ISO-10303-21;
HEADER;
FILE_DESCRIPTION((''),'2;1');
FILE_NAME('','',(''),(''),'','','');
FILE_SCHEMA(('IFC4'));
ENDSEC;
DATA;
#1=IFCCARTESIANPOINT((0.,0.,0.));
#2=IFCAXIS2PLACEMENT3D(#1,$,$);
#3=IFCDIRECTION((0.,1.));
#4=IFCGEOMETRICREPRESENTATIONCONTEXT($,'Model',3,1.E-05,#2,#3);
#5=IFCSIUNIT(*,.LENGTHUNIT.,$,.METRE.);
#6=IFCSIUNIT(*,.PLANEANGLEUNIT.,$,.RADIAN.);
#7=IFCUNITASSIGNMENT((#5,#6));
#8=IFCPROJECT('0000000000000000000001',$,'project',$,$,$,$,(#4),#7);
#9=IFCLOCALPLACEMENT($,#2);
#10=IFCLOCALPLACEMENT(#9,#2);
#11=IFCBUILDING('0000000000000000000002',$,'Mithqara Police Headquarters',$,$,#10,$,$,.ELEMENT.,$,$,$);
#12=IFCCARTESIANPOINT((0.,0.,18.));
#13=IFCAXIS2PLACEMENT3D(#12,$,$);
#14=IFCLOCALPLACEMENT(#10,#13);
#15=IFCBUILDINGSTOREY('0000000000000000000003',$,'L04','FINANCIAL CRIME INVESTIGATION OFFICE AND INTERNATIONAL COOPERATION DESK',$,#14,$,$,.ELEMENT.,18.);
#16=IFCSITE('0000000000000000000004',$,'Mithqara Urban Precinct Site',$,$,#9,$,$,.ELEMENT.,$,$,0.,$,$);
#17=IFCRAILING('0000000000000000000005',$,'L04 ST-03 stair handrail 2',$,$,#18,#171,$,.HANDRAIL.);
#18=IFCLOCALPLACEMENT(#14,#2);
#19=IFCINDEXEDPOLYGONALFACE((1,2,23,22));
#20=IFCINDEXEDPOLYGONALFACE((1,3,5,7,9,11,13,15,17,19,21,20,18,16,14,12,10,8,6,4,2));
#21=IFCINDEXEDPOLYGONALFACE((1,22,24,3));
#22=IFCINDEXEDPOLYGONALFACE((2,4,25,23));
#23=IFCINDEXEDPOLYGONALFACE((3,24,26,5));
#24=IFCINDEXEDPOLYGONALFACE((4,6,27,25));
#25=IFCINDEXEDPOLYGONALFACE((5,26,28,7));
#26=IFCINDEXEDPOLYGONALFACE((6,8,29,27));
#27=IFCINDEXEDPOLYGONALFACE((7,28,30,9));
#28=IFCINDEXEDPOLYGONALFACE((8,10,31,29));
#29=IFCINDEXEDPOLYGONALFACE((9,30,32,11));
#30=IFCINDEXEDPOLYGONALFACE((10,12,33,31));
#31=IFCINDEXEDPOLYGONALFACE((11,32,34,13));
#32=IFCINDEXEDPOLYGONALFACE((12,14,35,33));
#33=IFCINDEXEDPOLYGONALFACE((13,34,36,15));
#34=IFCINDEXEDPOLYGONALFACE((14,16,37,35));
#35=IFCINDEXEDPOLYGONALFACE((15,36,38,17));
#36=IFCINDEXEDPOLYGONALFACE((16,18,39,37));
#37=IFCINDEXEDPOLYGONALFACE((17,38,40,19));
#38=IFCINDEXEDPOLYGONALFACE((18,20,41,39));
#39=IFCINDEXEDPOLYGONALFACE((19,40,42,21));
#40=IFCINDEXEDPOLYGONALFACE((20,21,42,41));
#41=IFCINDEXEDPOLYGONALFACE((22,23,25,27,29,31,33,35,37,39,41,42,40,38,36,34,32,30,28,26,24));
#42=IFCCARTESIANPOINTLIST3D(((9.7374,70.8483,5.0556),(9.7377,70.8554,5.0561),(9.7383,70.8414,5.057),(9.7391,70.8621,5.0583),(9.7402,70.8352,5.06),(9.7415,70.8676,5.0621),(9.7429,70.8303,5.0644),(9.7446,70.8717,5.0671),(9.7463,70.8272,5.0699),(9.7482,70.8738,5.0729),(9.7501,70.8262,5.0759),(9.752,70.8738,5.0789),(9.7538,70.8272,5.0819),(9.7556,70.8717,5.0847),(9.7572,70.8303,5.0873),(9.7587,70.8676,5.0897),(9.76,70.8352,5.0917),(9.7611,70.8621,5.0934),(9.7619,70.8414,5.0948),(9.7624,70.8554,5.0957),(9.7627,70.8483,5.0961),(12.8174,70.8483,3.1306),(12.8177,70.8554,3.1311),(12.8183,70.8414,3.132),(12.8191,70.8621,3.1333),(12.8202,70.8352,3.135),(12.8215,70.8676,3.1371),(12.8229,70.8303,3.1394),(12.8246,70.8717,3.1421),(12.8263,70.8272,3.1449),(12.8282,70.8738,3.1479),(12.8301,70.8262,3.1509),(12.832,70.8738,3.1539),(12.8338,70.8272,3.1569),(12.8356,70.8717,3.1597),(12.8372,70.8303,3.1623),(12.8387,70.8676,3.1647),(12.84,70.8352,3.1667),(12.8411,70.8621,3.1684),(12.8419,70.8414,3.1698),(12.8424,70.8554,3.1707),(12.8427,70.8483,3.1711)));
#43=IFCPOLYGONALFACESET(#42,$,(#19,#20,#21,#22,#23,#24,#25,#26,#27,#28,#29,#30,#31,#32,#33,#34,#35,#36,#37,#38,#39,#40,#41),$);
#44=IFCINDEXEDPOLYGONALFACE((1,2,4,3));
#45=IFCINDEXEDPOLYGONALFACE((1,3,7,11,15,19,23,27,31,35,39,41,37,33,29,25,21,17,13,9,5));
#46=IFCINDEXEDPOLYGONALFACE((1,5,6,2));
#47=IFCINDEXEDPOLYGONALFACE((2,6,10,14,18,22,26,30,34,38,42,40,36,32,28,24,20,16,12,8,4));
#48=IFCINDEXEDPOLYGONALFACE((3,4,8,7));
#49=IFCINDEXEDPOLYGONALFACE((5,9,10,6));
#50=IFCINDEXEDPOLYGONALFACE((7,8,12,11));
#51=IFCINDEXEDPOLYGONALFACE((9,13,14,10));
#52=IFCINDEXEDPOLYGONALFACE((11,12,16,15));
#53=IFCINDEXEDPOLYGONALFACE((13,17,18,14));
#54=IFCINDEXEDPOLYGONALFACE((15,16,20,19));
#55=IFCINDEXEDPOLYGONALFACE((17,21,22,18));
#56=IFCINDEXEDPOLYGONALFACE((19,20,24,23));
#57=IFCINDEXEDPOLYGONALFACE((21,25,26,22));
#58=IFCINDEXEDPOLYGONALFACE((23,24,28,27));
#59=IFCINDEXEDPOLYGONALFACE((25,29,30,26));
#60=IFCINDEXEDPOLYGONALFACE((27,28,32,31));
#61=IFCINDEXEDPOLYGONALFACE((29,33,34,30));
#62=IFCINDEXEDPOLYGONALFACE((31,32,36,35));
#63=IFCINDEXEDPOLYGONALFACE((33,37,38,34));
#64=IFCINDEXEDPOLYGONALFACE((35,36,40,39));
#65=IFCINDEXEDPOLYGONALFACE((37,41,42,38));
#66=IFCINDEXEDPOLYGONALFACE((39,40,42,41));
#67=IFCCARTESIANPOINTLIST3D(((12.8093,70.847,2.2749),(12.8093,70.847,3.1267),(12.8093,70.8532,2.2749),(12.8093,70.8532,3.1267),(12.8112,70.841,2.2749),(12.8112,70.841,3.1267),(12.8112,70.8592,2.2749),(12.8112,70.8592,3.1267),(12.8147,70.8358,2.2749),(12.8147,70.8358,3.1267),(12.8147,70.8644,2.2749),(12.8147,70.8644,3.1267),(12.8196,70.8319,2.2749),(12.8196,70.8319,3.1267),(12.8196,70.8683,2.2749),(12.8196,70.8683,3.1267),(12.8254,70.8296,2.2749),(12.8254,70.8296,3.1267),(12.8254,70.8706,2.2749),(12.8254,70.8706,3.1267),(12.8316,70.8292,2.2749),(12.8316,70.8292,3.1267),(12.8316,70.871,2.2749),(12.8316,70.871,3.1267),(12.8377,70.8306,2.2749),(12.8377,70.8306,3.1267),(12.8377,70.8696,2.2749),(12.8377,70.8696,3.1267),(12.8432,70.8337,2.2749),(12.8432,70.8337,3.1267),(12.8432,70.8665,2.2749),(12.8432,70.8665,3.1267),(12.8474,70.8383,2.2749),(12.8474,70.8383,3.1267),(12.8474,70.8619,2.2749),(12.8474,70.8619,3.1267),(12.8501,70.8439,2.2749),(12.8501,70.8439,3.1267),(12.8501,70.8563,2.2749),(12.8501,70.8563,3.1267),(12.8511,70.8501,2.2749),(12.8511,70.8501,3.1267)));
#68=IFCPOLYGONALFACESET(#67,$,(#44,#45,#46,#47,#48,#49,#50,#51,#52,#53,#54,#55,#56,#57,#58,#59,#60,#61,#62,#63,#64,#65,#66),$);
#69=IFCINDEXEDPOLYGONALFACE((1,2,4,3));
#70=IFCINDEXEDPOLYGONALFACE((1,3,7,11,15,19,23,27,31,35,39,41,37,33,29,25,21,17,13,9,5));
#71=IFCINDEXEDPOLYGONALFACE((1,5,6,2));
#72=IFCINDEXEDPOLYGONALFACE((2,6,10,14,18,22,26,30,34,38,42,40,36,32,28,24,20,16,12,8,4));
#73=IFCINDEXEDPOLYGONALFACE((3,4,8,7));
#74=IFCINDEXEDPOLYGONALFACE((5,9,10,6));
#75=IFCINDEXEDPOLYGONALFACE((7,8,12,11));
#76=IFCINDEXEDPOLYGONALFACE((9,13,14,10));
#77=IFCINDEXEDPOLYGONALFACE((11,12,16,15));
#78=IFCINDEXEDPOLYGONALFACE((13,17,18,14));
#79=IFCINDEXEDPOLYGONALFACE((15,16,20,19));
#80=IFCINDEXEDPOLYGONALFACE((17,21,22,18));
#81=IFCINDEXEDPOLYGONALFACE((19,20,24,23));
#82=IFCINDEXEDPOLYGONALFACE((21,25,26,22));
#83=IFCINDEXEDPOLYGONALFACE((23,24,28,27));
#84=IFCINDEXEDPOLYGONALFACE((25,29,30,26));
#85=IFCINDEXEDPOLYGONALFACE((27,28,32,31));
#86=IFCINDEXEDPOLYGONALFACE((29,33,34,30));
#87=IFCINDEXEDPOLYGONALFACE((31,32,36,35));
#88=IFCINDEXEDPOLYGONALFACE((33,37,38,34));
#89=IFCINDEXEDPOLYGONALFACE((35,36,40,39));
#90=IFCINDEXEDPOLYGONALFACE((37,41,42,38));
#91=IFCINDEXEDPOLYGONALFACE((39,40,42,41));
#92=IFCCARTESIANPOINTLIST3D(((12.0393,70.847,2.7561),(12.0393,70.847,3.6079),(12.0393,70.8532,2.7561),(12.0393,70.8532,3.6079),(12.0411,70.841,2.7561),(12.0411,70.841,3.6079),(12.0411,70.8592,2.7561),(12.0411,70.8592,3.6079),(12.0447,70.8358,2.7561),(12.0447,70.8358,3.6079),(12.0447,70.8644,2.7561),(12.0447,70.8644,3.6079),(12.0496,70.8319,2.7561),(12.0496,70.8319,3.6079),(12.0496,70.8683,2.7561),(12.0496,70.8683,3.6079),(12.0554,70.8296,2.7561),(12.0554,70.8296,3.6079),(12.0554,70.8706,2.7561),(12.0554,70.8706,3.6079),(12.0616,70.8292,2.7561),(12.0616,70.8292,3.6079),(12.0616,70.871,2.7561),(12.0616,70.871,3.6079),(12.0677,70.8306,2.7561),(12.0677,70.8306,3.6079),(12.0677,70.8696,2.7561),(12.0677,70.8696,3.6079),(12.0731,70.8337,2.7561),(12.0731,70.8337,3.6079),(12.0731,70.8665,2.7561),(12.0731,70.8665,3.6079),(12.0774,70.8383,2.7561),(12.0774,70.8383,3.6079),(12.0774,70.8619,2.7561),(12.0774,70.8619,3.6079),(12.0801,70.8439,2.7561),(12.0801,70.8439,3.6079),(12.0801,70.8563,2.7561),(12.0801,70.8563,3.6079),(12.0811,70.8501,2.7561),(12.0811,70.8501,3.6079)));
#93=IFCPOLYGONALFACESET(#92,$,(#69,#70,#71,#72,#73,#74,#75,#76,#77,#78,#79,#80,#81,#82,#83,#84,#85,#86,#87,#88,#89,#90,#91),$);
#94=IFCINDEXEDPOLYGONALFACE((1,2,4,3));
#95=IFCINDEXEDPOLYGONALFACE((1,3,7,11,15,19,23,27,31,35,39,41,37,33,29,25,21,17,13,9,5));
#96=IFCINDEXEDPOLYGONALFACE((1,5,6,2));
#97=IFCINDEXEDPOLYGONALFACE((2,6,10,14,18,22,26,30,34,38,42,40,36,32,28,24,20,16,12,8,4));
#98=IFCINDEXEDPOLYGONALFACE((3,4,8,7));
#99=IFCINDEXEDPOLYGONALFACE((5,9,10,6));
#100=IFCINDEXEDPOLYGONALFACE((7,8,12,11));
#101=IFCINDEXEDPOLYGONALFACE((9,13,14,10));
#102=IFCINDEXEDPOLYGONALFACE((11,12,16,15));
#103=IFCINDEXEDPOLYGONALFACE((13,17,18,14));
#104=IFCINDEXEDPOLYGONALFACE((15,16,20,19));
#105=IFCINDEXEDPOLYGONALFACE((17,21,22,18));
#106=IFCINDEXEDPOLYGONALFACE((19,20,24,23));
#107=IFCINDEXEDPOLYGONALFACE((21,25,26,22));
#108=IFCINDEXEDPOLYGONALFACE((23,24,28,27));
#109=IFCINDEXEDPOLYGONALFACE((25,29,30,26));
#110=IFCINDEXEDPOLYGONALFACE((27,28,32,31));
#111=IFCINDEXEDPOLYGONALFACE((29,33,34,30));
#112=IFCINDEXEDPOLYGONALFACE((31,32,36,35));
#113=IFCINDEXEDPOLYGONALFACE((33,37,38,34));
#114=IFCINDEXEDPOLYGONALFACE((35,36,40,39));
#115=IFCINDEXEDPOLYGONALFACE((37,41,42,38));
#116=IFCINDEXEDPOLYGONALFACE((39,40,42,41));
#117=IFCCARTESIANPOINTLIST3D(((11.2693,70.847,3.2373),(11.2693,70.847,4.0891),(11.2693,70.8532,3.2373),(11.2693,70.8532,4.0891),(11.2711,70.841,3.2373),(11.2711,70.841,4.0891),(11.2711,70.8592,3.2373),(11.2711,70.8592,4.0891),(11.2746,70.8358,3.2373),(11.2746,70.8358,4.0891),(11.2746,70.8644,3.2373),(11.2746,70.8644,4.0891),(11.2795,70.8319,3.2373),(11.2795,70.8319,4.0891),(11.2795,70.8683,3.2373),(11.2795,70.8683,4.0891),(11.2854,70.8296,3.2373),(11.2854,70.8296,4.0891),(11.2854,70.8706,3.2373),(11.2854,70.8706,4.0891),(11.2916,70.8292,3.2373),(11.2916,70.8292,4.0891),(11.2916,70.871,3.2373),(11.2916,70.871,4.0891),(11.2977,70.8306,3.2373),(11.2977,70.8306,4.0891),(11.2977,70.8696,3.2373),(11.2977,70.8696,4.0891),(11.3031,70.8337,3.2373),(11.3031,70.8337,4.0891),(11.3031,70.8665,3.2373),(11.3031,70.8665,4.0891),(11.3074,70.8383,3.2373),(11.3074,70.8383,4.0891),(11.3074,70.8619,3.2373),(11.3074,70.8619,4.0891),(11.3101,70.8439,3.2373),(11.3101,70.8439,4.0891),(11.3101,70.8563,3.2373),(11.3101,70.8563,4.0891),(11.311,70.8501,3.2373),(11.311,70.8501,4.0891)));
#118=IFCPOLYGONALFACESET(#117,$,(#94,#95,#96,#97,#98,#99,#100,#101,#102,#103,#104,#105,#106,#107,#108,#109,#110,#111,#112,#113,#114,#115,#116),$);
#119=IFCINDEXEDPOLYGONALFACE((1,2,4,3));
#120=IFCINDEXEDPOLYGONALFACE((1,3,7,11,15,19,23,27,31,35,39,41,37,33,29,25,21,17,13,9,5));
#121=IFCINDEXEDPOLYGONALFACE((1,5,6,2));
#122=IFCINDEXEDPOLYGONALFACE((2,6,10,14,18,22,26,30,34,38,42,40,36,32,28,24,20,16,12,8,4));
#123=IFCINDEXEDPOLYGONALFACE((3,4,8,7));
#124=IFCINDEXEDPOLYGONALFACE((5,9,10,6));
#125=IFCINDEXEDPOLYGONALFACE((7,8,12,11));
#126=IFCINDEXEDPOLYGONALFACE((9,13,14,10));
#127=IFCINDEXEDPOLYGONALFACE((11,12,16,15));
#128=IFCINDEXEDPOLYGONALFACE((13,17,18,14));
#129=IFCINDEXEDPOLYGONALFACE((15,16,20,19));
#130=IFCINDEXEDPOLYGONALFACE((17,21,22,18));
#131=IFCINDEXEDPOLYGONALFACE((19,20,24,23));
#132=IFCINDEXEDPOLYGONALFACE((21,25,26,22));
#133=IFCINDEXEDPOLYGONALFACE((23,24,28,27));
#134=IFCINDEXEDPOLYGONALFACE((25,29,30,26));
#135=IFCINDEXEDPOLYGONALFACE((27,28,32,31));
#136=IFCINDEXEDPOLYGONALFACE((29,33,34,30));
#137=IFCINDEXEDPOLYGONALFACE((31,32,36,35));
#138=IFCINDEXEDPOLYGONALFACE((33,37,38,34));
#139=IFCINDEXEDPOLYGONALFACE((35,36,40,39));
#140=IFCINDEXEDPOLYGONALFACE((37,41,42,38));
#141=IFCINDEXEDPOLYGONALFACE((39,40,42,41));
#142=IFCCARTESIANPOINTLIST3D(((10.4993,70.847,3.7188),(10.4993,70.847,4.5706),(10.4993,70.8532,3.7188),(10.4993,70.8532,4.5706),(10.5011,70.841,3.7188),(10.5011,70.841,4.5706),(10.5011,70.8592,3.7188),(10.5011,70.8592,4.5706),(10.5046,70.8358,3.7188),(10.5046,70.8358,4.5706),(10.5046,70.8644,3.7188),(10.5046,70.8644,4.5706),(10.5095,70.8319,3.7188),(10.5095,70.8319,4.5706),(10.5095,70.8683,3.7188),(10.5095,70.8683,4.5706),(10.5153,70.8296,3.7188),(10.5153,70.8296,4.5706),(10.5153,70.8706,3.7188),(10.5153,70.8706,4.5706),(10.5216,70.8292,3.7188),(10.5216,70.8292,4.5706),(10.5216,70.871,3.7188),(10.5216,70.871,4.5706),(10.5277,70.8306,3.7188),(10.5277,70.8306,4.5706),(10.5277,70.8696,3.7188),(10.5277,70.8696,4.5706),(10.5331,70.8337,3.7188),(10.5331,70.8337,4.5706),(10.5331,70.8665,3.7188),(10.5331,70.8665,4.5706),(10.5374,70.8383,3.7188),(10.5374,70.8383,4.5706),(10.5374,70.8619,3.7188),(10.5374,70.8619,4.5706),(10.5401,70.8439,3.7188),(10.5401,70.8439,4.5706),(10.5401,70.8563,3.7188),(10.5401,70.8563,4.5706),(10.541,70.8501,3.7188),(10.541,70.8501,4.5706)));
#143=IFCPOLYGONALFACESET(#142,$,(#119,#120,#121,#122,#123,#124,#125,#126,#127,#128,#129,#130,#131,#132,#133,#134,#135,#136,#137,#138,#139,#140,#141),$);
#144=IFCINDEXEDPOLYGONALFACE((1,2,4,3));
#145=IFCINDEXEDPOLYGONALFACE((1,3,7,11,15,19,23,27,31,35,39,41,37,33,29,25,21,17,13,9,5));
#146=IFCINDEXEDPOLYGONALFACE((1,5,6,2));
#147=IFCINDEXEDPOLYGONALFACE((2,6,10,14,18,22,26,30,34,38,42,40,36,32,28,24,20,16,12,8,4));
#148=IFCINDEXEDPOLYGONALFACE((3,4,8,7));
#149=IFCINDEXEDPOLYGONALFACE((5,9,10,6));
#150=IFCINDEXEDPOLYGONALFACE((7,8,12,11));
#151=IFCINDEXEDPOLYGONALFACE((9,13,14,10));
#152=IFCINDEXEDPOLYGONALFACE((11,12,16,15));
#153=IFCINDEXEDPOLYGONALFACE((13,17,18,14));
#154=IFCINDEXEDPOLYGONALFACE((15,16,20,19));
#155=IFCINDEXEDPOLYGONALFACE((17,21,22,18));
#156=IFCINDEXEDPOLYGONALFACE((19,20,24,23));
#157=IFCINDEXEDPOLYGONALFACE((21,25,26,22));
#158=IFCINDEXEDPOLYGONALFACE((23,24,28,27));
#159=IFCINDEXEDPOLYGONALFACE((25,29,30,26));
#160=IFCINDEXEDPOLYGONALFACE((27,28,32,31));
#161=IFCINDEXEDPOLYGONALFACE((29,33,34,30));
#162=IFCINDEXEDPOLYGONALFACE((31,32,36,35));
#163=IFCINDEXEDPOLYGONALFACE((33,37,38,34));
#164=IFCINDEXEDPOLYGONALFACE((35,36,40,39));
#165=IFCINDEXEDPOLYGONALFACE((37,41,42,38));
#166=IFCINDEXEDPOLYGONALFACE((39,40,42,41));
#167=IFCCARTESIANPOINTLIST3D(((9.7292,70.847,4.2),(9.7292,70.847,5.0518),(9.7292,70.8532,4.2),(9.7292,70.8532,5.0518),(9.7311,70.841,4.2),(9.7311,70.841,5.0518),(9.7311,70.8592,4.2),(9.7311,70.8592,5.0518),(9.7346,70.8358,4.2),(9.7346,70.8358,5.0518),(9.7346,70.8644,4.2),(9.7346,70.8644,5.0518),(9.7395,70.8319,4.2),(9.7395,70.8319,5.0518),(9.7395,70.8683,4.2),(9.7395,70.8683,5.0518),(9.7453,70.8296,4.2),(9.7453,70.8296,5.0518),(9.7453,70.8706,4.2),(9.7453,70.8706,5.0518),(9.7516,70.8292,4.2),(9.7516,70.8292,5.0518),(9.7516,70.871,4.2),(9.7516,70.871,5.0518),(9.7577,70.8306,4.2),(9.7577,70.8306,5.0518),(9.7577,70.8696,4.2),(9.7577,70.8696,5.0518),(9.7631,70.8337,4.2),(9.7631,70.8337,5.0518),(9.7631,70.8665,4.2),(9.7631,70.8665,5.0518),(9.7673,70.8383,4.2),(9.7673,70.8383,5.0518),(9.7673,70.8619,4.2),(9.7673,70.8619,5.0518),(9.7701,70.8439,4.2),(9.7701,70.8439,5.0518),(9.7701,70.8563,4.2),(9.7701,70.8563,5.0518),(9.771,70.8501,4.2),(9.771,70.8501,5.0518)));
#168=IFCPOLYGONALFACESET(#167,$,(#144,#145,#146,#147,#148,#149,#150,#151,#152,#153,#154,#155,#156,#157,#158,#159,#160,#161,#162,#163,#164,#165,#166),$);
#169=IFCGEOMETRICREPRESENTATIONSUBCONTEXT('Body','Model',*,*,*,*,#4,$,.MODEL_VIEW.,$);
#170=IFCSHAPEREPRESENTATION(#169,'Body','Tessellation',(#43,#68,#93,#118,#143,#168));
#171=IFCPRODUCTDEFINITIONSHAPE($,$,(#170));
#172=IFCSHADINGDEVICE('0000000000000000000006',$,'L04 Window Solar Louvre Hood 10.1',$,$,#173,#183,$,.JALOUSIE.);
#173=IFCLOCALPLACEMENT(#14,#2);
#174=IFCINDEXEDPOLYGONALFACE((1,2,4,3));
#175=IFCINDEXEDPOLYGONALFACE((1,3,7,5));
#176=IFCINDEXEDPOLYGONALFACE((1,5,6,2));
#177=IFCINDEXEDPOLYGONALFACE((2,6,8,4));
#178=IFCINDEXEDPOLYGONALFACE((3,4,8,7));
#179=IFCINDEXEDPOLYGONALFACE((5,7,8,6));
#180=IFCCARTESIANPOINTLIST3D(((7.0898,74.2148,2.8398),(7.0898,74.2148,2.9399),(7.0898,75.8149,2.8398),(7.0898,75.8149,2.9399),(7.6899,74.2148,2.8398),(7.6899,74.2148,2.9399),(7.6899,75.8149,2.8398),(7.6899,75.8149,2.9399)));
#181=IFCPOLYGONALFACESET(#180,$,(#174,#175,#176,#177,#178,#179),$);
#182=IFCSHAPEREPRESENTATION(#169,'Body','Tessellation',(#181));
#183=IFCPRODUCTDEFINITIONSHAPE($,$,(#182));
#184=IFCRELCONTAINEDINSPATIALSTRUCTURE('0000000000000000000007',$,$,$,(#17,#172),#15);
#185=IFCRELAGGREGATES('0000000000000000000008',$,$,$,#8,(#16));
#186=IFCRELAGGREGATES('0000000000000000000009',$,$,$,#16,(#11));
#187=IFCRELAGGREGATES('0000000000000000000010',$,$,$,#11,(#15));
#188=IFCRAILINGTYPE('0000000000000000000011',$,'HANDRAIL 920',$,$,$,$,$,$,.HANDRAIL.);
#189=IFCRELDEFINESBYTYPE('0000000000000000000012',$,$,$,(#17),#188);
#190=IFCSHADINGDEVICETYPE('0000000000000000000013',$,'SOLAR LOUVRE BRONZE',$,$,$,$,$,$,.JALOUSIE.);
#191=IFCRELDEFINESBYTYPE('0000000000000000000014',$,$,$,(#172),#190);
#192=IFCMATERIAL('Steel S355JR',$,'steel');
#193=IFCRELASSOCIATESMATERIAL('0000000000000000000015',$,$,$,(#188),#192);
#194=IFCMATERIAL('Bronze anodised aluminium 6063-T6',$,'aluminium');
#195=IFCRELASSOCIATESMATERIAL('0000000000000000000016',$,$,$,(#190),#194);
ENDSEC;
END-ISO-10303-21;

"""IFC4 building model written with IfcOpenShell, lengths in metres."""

from ifc_helpers import new_model, si_unit, direction, frame, origin, origin_2d, place, context, subcontext, project, spatial, rectangle, circle, extrude, material, type_object, element, save


model = new_model("IFC4")

# Units and contexts
model_context = context("Model", 3, precision=1e-05, world=origin(), true_north=direction((0.0, 1.0)))
body_context = subcontext(model_context, "Body", "Model", "MODEL_VIEW")
ifc_project = project(units=[si_unit("LENGTHUNIT", "METRE"), si_unit("PLANEANGLEUNIT", "RADIAN")], contexts=[model_context])

# Site, building, storey
site_placement = place(None, origin())
site = spatial("IfcSite", under=ifc_project, at=site_placement, Name="Mithqara Urban Precinct Site", CompositionType="ELEMENT", RefElevation=0.0)
building_placement = place(site_placement, origin())
building = spatial("IfcBuilding", under=site, at=building_placement, Name="Mithqara Police Headquarters", CompositionType="ELEMENT")
storey_placement = place(building_placement, frame((0.0, 0.0, 18.0)))
storey = spatial("IfcBuildingStorey", under=building, at=storey_placement, Name="L04", Description="FINANCIAL CRIME INVESTIGATION OFFICE AND INTERNATIONAL COOPERATION DESK", CompositionType="ELEMENT", Elevation=18.0)

# Shared definitions
ifc_material_1 = material(Name="Steel S355JR", Category="steel")

# Railing
railing_type_1 = type_object("IfcRailingType", Name="HANDRAIL 920", PredefinedType="HANDRAIL", material=ifc_material_1)
railing_1_placement = place(storey_placement, frame((12.8301, 70.8501, 2.2749)))
element("IfcRailing", 1, at=railing_1_placement, inside=storey, type_object=railing_type_1, Name="L04 ST-03 stair handrail 2", PredefinedType="HANDRAIL", context=body_context, shape_type="SweptSolid", body=[
    extrude(circle(Radius=0.0239, at=origin_2d()), frame((0.0, 0.0, 0.876), z_axis=(-0.847998, 0.0, 0.529999), x_axis=(0.0, -1.0, 0.0)), (0.0, 0.0, 1.0), 3.6321),
    extrude(circle(Radius=0.021, at=origin_2d()), origin(), (0.0, 0.0, 1.0), 0.8518),
    extrude(circle(Radius=0.021, at=origin_2d()), frame((-0.77, 0.0, 0.4812)), (0.0, 0.0, 1.0), 0.8518),
    extrude(circle(Radius=0.021, at=origin_2d()), frame((-1.54, 0.0, 0.9624)), (0.0, 0.0, 1.0), 0.8518),
    extrude(circle(Radius=0.021, at=origin_2d()), frame((-2.3101, 0.0, 1.4438)), (0.0, 0.0, 1.0), 0.8518),
    extrude(circle(Radius=0.021, at=origin_2d()), frame((-3.0801, 0.0, 1.925)), (0.0, 0.0, 1.0), 0.8518),
])

# Shading device
ifc_material_2 = material(Name="Bronze anodised aluminium 6063-T6", Category="aluminium")
shading_device_type = type_object("IfcShadingDeviceType", Name="SOLAR LOUVRE BRONZE", PredefinedType="JALOUSIE", material=ifc_material_2)
shading_device_placement = place(storey_placement, frame((7.3899, 75.0149, 2.8398), z_axis=(0.0, 0.0, 1.0), x_axis=(0.0, 1.0, 0.0)))
element("IfcShadingDevice", 2, at=shading_device_placement, inside=storey, type_object=shading_device_type, Name="L04 Window Solar Louvre Hood 10.1", PredefinedType="JALOUSIE", context=body_context, shape_type="SweptSolid", body=[
    extrude(rectangle(XDim=1.6001, YDim=0.6001, at=origin_2d()), origin(), (0.0, 0.0, 1.0), 0.1001),
])

save(model, "model.ifc")
